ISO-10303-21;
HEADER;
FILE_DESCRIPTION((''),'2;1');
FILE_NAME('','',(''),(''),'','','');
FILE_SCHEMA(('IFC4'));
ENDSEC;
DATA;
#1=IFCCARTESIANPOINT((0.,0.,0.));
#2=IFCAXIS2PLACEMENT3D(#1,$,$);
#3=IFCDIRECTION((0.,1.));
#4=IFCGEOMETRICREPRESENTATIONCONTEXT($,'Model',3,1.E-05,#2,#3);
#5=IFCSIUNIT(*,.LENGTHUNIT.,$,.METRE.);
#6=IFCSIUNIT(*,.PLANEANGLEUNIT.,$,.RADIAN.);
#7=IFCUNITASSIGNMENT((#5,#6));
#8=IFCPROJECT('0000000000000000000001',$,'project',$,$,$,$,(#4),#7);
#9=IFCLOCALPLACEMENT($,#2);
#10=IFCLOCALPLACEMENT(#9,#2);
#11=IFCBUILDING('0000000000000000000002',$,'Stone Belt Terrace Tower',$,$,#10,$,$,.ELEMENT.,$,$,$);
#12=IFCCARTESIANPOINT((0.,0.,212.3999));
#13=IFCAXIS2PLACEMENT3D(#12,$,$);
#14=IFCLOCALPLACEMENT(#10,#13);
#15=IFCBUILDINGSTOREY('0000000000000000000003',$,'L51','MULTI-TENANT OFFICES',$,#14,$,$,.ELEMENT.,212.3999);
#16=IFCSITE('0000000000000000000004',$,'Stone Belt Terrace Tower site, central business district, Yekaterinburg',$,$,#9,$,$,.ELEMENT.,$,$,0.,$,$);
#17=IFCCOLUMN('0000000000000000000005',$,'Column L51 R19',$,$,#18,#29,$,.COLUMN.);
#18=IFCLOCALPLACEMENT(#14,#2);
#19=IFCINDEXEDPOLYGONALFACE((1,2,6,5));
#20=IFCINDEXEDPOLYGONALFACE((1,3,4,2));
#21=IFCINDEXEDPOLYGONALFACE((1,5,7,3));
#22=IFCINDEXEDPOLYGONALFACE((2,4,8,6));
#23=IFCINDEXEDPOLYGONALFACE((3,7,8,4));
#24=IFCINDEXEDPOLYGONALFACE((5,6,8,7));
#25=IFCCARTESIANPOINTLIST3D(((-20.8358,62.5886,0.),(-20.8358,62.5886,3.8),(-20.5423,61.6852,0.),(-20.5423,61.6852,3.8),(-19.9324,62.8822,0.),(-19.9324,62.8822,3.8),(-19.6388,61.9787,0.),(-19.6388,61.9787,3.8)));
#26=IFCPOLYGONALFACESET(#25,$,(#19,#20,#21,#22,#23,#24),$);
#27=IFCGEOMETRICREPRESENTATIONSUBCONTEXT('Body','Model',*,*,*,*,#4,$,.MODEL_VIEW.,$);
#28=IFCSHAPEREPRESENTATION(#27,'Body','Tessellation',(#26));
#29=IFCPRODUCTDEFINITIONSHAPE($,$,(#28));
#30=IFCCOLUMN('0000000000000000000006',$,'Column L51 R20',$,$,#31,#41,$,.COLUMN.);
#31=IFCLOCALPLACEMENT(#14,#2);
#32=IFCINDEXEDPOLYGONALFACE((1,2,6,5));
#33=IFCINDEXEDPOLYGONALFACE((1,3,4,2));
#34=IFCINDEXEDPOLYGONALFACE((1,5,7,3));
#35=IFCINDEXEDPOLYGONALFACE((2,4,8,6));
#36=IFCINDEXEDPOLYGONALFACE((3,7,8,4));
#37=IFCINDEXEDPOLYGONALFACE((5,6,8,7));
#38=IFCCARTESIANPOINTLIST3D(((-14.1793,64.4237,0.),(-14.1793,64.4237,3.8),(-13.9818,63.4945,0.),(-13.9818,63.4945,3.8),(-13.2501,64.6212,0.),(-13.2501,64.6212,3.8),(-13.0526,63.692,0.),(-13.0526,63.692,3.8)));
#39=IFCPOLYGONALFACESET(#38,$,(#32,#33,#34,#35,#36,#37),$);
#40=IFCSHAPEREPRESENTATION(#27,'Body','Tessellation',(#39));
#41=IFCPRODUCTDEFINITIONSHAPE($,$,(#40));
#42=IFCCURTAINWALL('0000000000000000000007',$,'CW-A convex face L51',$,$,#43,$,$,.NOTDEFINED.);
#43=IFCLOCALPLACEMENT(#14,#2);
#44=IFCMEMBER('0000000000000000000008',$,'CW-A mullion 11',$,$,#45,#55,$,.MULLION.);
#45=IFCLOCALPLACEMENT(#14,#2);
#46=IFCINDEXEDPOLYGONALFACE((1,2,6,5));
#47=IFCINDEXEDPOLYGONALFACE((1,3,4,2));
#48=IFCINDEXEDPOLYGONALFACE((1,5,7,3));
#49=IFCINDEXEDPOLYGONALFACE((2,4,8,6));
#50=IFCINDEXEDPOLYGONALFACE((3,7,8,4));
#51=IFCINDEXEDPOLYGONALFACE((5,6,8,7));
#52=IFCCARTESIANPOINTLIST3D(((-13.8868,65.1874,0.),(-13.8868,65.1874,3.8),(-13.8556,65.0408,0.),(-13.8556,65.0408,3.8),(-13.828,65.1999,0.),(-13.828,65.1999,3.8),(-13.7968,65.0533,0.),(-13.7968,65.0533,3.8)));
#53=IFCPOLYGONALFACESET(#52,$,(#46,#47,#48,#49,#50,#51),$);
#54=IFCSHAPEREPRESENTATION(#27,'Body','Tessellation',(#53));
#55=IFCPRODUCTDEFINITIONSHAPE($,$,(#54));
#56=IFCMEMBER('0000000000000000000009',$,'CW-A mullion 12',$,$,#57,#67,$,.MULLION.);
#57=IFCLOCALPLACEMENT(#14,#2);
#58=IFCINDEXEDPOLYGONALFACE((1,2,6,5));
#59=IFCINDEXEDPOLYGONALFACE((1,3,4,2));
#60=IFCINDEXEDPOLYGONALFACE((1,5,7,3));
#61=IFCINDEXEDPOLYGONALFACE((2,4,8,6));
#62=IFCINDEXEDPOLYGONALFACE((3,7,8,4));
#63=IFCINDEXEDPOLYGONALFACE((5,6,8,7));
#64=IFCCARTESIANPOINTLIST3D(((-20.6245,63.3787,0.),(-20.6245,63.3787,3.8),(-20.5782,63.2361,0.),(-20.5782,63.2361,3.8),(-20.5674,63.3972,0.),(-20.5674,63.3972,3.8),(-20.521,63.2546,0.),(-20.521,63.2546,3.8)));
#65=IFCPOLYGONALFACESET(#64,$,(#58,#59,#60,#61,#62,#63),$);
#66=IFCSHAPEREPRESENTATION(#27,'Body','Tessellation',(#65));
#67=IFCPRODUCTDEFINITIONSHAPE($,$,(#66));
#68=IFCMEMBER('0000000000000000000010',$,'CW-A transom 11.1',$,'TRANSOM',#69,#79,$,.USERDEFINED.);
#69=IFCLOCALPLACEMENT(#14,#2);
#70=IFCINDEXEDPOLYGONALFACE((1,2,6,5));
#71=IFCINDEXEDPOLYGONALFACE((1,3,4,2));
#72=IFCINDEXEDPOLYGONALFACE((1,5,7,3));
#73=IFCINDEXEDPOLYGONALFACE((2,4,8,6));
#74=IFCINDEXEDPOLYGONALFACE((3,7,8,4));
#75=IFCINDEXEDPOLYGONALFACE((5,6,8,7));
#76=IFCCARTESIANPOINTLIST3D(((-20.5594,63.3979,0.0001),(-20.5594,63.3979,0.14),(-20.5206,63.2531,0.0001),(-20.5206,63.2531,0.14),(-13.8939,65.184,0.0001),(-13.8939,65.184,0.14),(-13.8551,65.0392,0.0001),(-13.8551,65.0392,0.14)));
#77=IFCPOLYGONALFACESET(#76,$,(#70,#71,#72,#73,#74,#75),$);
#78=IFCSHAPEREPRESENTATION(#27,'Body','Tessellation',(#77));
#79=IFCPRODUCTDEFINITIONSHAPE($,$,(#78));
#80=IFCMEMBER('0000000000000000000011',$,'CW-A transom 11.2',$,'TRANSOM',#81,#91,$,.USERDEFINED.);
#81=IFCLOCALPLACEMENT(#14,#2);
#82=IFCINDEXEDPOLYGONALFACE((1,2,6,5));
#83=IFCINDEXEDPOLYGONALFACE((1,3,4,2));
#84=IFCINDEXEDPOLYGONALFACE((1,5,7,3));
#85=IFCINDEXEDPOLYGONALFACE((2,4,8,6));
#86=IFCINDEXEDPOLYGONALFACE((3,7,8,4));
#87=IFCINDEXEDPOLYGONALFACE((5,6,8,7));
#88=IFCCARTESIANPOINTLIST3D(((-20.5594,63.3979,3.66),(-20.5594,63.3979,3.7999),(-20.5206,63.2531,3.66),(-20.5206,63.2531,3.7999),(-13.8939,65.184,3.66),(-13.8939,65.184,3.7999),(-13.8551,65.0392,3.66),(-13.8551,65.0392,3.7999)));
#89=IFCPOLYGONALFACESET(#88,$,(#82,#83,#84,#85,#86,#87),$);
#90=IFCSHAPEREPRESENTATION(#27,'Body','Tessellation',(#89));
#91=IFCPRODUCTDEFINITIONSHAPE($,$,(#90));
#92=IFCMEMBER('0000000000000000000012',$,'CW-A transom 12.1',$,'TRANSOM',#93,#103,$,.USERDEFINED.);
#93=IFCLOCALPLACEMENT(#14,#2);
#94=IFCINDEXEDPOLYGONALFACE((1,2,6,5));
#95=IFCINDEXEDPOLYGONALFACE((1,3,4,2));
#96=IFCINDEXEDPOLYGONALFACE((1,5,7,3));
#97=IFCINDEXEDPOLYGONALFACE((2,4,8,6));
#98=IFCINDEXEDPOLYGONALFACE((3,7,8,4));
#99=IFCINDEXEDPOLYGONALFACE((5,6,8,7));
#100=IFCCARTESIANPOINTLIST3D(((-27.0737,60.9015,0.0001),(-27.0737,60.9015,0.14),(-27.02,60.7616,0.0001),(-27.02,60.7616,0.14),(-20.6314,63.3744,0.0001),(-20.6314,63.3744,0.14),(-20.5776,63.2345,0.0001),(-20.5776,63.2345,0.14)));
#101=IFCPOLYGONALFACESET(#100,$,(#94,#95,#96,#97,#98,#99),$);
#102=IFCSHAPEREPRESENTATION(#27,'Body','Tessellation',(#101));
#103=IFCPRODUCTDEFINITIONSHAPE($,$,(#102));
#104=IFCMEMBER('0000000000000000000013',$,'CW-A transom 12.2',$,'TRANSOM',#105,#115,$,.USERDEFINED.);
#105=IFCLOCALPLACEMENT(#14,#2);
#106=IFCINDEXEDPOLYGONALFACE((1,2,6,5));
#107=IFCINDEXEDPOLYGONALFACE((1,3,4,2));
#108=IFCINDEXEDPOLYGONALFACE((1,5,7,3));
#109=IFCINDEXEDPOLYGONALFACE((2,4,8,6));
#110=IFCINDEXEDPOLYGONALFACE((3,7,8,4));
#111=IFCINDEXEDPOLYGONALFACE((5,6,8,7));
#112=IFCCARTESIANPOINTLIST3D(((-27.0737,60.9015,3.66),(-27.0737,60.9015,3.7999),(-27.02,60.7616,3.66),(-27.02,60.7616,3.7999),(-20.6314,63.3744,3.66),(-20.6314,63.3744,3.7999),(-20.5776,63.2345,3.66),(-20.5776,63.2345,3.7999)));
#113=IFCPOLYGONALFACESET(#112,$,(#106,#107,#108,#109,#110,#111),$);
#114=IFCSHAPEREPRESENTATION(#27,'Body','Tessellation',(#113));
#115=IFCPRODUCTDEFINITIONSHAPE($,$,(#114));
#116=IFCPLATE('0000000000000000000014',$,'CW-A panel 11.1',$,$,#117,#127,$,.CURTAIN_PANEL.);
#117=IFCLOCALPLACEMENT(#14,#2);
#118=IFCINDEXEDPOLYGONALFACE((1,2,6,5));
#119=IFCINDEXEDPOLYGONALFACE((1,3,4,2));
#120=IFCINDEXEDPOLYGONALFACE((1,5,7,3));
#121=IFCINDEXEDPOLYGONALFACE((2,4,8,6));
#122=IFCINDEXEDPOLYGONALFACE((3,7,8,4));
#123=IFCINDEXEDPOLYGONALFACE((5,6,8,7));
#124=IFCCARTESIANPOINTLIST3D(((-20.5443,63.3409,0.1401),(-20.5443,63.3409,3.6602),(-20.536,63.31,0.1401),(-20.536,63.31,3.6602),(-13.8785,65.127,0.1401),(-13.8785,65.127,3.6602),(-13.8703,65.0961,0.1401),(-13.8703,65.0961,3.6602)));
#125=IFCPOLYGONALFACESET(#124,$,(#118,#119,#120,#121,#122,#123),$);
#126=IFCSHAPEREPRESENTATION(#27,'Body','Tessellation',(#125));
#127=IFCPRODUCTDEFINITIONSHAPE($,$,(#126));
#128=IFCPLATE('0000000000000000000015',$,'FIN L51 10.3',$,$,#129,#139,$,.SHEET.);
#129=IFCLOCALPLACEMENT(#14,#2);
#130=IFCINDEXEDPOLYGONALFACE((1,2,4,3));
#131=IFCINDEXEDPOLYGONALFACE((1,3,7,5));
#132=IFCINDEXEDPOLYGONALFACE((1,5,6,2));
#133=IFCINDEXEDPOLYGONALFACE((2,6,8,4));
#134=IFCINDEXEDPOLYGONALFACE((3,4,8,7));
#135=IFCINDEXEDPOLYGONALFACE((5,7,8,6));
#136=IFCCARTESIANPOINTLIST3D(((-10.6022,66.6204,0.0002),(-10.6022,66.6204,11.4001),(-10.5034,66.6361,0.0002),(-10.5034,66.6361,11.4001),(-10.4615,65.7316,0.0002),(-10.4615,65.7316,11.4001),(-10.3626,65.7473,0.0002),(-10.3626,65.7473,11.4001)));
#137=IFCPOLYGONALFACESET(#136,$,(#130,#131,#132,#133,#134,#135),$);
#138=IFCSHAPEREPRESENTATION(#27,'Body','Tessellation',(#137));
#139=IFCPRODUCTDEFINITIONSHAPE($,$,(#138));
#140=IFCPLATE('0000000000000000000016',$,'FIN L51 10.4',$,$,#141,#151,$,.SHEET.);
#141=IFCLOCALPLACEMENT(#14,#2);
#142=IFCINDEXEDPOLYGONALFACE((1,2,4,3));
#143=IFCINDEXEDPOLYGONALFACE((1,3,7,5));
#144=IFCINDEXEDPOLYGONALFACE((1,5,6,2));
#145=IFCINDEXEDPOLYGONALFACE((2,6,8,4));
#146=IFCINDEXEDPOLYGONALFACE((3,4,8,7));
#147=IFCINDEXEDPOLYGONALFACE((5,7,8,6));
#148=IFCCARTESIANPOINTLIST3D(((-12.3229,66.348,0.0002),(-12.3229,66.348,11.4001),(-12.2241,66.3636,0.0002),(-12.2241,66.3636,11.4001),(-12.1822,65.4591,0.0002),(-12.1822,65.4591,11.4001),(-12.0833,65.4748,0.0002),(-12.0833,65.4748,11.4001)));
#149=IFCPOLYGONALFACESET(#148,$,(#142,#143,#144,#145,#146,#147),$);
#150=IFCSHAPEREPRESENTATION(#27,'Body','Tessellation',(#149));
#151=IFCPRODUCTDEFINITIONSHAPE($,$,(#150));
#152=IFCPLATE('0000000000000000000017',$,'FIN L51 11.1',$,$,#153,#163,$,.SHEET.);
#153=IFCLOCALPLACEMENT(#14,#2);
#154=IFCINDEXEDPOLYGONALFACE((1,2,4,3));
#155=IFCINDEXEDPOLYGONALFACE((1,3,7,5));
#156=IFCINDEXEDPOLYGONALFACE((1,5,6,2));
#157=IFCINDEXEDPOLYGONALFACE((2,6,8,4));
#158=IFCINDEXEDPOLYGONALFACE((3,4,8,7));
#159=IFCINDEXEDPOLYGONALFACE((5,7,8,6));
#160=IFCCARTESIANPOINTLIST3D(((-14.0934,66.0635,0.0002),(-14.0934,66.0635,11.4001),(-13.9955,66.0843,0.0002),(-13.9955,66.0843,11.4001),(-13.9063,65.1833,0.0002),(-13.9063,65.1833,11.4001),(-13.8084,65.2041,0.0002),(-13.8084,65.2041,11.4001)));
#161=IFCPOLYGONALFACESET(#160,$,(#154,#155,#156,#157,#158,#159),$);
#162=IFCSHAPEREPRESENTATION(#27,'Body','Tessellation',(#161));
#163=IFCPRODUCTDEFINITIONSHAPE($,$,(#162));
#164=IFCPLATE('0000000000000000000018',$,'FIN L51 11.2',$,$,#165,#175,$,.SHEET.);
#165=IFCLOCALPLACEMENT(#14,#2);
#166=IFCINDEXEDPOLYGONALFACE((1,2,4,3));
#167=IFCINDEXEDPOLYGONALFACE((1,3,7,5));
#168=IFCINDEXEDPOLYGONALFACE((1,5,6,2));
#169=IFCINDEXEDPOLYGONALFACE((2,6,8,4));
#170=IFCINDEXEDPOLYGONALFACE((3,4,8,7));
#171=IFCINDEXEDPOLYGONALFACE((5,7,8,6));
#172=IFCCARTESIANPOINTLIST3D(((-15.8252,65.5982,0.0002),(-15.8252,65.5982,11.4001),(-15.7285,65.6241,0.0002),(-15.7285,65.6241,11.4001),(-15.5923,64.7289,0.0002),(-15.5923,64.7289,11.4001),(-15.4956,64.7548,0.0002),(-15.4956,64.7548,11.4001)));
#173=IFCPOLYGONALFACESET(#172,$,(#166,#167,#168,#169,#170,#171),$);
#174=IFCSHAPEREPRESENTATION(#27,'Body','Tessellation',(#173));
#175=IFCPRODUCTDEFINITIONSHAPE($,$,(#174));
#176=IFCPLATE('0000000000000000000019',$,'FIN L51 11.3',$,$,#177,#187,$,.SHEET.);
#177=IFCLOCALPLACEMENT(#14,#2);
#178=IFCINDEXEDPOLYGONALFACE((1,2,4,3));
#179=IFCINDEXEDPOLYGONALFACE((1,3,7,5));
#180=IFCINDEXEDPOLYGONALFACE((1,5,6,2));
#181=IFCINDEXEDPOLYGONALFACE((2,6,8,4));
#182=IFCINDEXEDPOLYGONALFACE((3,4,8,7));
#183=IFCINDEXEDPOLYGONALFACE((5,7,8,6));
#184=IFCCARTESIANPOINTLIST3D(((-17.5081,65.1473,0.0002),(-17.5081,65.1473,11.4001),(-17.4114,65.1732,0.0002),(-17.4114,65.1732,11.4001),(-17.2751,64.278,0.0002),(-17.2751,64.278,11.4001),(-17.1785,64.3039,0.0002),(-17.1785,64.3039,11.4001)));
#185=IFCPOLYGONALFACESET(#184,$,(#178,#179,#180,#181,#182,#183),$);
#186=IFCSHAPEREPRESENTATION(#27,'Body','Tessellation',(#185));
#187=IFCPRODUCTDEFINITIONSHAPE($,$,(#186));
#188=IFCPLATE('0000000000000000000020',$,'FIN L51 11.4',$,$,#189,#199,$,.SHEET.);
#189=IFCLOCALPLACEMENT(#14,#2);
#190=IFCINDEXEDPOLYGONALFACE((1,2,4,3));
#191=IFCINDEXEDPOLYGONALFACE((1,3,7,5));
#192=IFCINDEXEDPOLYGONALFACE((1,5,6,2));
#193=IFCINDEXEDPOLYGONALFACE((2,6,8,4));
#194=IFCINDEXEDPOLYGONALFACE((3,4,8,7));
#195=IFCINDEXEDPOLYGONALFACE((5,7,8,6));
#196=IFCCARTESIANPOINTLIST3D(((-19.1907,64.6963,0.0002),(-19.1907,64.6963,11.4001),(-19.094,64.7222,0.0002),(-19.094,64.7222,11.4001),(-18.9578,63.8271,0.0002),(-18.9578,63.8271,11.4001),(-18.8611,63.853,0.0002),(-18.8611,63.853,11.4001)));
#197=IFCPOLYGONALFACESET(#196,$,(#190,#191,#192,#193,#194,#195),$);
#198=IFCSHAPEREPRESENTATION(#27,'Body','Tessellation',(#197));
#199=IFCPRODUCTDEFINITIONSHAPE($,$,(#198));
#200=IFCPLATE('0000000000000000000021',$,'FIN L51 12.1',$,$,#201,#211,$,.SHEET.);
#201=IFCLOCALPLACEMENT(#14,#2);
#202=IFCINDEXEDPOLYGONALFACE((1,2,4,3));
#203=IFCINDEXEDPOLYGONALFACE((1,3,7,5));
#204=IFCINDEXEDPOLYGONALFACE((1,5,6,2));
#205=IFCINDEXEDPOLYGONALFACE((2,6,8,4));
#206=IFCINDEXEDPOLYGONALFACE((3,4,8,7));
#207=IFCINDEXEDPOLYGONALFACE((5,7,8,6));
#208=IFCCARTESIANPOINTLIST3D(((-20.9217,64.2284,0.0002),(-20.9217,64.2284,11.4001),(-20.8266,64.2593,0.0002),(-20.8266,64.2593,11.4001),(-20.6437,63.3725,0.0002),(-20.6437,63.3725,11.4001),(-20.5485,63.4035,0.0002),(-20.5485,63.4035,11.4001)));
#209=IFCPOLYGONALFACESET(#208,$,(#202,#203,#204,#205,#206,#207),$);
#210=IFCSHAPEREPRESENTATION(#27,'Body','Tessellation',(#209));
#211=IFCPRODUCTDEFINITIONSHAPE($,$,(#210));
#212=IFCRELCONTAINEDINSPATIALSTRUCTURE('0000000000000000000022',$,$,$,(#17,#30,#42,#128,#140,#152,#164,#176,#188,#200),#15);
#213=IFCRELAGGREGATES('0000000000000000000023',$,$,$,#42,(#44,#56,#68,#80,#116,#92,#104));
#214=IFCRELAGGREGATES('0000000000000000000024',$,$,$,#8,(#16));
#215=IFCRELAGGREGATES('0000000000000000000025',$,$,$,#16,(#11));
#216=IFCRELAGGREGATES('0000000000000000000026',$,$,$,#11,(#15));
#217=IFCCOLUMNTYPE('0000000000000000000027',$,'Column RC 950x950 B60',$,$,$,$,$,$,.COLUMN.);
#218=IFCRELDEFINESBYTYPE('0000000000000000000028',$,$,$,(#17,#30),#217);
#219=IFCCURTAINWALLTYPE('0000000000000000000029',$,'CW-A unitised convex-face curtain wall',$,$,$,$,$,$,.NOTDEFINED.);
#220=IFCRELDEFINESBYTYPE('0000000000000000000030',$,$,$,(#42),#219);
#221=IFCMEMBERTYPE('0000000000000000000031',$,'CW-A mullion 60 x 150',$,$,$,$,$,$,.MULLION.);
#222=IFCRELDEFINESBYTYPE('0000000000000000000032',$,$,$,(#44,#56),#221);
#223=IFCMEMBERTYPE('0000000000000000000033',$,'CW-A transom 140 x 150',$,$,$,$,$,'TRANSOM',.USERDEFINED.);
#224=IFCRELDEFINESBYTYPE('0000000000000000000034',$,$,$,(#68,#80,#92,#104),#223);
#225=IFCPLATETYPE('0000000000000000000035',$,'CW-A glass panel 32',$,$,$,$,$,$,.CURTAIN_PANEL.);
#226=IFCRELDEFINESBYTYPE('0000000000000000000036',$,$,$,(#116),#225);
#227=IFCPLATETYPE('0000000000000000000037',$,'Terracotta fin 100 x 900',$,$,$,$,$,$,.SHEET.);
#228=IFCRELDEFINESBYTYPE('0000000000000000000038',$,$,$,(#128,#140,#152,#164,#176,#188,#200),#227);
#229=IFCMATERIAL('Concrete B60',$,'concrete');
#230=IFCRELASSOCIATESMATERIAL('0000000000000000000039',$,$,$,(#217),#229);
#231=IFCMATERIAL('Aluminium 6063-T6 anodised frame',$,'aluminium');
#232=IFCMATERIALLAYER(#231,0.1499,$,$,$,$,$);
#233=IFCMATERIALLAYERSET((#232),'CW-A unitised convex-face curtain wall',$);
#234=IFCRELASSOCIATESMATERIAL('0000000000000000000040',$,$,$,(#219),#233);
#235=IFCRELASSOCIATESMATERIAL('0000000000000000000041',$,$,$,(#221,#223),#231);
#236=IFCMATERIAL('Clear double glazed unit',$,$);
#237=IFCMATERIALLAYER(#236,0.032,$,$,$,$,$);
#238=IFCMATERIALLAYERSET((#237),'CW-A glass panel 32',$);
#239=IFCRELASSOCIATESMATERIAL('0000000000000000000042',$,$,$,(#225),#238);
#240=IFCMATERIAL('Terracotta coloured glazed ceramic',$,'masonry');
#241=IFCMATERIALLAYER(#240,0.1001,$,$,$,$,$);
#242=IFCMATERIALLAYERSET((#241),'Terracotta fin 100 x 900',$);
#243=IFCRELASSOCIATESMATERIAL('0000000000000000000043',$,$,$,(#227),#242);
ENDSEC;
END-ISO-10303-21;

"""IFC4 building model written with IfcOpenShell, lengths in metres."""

from ifc_helpers import new_model, si_unit, direction, frame, origin, origin_2d, place, context, subcontext, project, spatial, rectangle, extrude, material, layer, layer_set, material_profile, profile_set, type_object, element, aggregate, save


model = new_model("IFC4")

# Units and contexts
model_context = context("Model", 3, precision=1e-05, world=origin(), true_north=direction((0.0, 1.0)))
body_context = subcontext(model_context, "Body", "Model", "MODEL_VIEW")
ifc_project = project(units=[si_unit("LENGTHUNIT", "METRE"), si_unit("PLANEANGLEUNIT", "RADIAN")], contexts=[model_context])

# Site, building, storey
site_placement = place(None, origin())
site = spatial("IfcSite", under=ifc_project, at=site_placement, Name="Stone Belt Terrace Tower site, central business district, Yekaterinburg", CompositionType="ELEMENT", RefElevation=0.0)
building_placement = place(site_placement, origin())
building = spatial("IfcBuilding", under=site, at=building_placement, Name="Stone Belt Terrace Tower", CompositionType="ELEMENT")
storey_placement = place(building_placement, frame((0.0, 0.0, 212.3999)))
storey = spatial("IfcBuildingStorey", under=building, at=storey_placement, Name="L51", Description="MULTI-TENANT OFFICES", CompositionType="ELEMENT", Elevation=212.3999)

# Columns
ifc_material_1 = material(Name="Concrete B60", Category="concrete")
ifc_material_profile_1 = material_profile(ifc_material_1, rectangle(XDim=0.95, YDim=0.95, at=origin_2d()), Name="RC 950x950")
ifc_profile_set_1 = profile_set([ifc_material_profile_1], Name="Concrete B60")
column_type = type_object("IfcColumnType", Name="Column RC 950x950 B60", PredefinedType="COLUMN", material=ifc_profile_set_1)
for number, where, z_axis, x_axis, name in (
    (1, (-20.2373, 62.2837, 0.0), (0.0, 0.0, 1.0), (0.951057, 0.309017, 0.0), "Column L51 R19"),
    (2, (-13.616, 64.0579, 0.0), (0.0, 0.0, 1.0), (0.978148, 0.207912, 0.0), "Column L51 R20"),
):
    element("IfcColumn", number, at=place(storey_placement, frame(where, z_axis=z_axis, x_axis=x_axis)), inside=storey, type_object=column_type, Name=name, PredefinedType="COLUMN", context=body_context, shape_type="SweptSolid", body=[
        extrude(rectangle(XDim=0.95, YDim=0.95, at=origin_2d()), origin(), (0.0, 0.0, 1.0), 3.8),
    ])

# Curtain wall, members, plate
ifc_material_2 = material(Name="Aluminium 6063-T6 anodised frame", Category="aluminium")
ifc_layer_1 = layer(ifc_material_2, 0.1499)
ifc_layer_set_1 = layer_set([ifc_layer_1], Name="CW-A unitised convex-face curtain wall")
curtain_wall_type = type_object("IfcCurtainWallType", Name="CW-A unitised convex-face curtain wall", PredefinedType="NOTDEFINED", material=ifc_layer_set_1)
curtain_wall_placement = place(storey_placement, origin())
curtain_wall = element("IfcCurtainWall", 3, at=curtain_wall_placement, inside=storey, type_object=curtain_wall_type, Name="CW-A convex face L51", PredefinedType="NOTDEFINED")
ifc_material_profile_2 = material_profile(ifc_material_2, rectangle(XDim=0.1499, YDim=0.0601, at=origin_2d()), Name="Aluminium 6063-T6 60x150")
ifc_profile_set_2 = profile_set([ifc_material_profile_2], Name="Aluminium 6063-T6 anodised frame")
member_type_1 = type_object("IfcMemberType", Name="CW-A mullion 60 x 150", PredefinedType="MULLION", material=ifc_profile_set_2)
member_1_placement = place(storey_placement, frame((-13.8418, 65.1204, 0.0), z_axis=(0.0, 0.0, 1.0), x_axis=(0.207912, -0.978148, 0.0)))
member_1 = element("IfcMember", 4, at=member_1_placement, type_object=member_type_1, Name="CW-A mullion 11", PredefinedType="MULLION", context=body_context, shape_type="SweptSolid", body=[
    extrude(rectangle(XDim=0.1499, YDim=0.0601, at=origin_2d()), origin(), (0.0, 0.0, 1.0), 3.8),
])
member_2_placement = place(storey_placement, frame((-20.5728, 63.3167, 0.0), z_axis=(0.0, 0.0, 1.0), x_axis=(0.309017, -0.951057, 0.0)))
member_2 = element("IfcMember", 5, at=member_2_placement, type_object=member_type_1, Name="CW-A mullion 12", PredefinedType="MULLION", context=body_context, shape_type="SweptSolid", body=[
    extrude(rectangle(XDim=0.1499, YDim=0.0601, at=origin_2d()), origin(), (0.0, 0.0, 1.0), 3.8),
])
ifc_material_profile_3 = material_profile(ifc_material_2, rectangle(XDim=0.1499, YDim=0.1399, at=origin_2d()), Name="Aluminium 6063-T6 150x140")
ifc_profile_set_3 = profile_set([ifc_material_profile_3], Name="Aluminium 6063-T6 anodised frame")
member_type_2 = type_object("IfcMemberType", Name="CW-A transom 140 x 150", ElementType="TRANSOM", PredefinedType="USERDEFINED", material=ifc_profile_set_3)
member_3_placement = place(storey_placement, frame((-13.8745, 65.1116, 0.0701), z_axis=(-0.965922, -0.258834, 0.0), x_axis=(0.258834, -0.965922, 0.0)))
member_3 = element("IfcMember", 6, at=member_3_placement, type_object=member_type_2, Name="CW-A transom 11.1", ObjectType="TRANSOM", PredefinedType="USERDEFINED", context=body_context, shape_type="SweptSolid", body=[
    extrude(rectangle(XDim=0.1499, YDim=0.1399, at=origin_2d()), origin(), (0.0, 0.0, 1.0), 6.9006),
])
member_4_placement = place(storey_placement, frame((-13.8745, 65.1116, 3.73), z_axis=(-0.965922, -0.258834, 0.0), x_axis=(0.258834, -0.965922, 0.0)))
member_4 = element("IfcMember", 7, at=member_4_placement, type_object=member_type_2, Name="CW-A transom 11.2", ObjectType="TRANSOM", PredefinedType="USERDEFINED", context=body_context, shape_type="SweptSolid", body=[
    extrude(rectangle(XDim=0.1499, YDim=0.1399, at=origin_2d()), origin(), (0.0, 0.0, 1.0), 6.9006),
])
member_5_placement = place(storey_placement, frame((-20.6045, 63.3044, 0.0701), z_axis=(-0.933585, -0.358355, 0.0), x_axis=(0.358355, -0.933585, 0.0)))
member_5 = element("IfcMember", 8, at=member_5_placement, type_object=member_type_2, Name="CW-A transom 12.1", ObjectType="TRANSOM", PredefinedType="USERDEFINED", context=body_context, shape_type="SweptSolid", body=[
    extrude(rectangle(XDim=0.1499, YDim=0.1399, at=origin_2d()), origin(), (0.0, 0.0, 1.0), 6.9006),
])
member_6_placement = place(storey_placement, frame((-20.6045, 63.3044, 3.73), z_axis=(-0.933585, -0.358355, 0.0), x_axis=(0.358355, -0.933585, 0.0)))
member_6 = element("IfcMember", 9, at=member_6_placement, type_object=member_type_2, Name="CW-A transom 12.2", ObjectType="TRANSOM", PredefinedType="USERDEFINED", context=body_context, shape_type="SweptSolid", body=[
    extrude(rectangle(XDim=0.1499, YDim=0.1399, at=origin_2d()), origin(), (0.0, 0.0, 1.0), 6.9006),
])
ifc_material_3 = material(Name="Clear double glazed unit")
ifc_layer_2 = layer(ifc_material_3, 0.032)
ifc_layer_set_2 = layer_set([ifc_layer_2], Name="CW-A glass panel 32")
plate_type_1 = type_object("IfcPlateType", Name="CW-A glass panel 32", PredefinedType="CURTAIN_PANEL", material=ifc_layer_set_2)
plate_placement = place(storey_placement, frame((-17.2073, 64.2185, 0.1401), z_axis=(0.0, 0.0, 1.0), x_axis=(-0.965926, -0.258819, 0.0)))
plate = element("IfcPlate", 10, at=plate_placement, type_object=plate_type_1, Name="CW-A panel 11.1", PredefinedType="CURTAIN_PANEL", context=body_context, shape_type="SweptSolid", body=[
    extrude(rectangle(XDim=6.9009, YDim=0.032, at=origin_2d()), origin(), (0.0, 0.0, 1.0), 3.52),
])
aggregate(curtain_wall, [member_1, member_2, member_3, member_4, plate, member_5, member_6])

# Plates
ifc_material_4 = material(Name="Terracotta coloured glazed ceramic", Category="masonry")
ifc_layer_3 = layer(ifc_material_4, 0.1001)
ifc_layer_set_3 = layer_set([ifc_layer_3], Name="Terracotta fin 100 x 900")
plate_type_2 = type_object("IfcPlateType", Name="Terracotta fin 100 x 900", PredefinedType="SHEET", material=ifc_layer_set_3)
for number, where, z_axis, x_axis, name in (
    (11, (-10.4824, 66.1838, 0.0002), (0.0, 0.0, 1.0), (-0.156434, 0.987688, 0.0), "FIN L51 10.3"),
    (12, (-12.2031, 65.9114, 0.0002), (0.0, 0.0, 1.0), (-0.156434, 0.987688, 0.0), "FIN L51 10.4"),
    (13, (-13.9509, 65.6338, 0.0002), (0.0, 0.0, 1.0), (-0.207912, 0.978148, 0.0), "FIN L51 11.1"),
    (14, (-15.6604, 65.1765, 0.0002), (0.0, 0.0, 1.0), (-0.258819, 0.965926, 0.0), "FIN L51 11.2"),
    (15, (-17.3433, 64.7256, 0.0002), (0.0, 0.0, 1.0), (-0.258819, 0.965926, 0.0), "FIN L51 11.3"),
    (16, (-19.0259, 64.2747, 0.0002), (0.0, 0.0, 1.0), (-0.258819, 0.965926, 0.0), "FIN L51 11.4"),
    (17, (-20.7351, 63.8159, 0.0002), (0.0, 0.0, 1.0), (-0.309017, 0.951057, 0.0), "FIN L51 12.1"),
):
    element("IfcPlate", number, at=place(storey_placement, frame(where, z_axis=z_axis, x_axis=x_axis)), inside=storey, type_object=plate_type_2, Name=name, PredefinedType="SHEET", context=body_context, shape_type="SweptSolid", body=[
        extrude(rectangle(XDim=0.8999, YDim=0.1001, at=origin_2d()), origin(), (0.0, 0.0, 1.0), 11.3999),
    ])

save(model, "model.ifc")
